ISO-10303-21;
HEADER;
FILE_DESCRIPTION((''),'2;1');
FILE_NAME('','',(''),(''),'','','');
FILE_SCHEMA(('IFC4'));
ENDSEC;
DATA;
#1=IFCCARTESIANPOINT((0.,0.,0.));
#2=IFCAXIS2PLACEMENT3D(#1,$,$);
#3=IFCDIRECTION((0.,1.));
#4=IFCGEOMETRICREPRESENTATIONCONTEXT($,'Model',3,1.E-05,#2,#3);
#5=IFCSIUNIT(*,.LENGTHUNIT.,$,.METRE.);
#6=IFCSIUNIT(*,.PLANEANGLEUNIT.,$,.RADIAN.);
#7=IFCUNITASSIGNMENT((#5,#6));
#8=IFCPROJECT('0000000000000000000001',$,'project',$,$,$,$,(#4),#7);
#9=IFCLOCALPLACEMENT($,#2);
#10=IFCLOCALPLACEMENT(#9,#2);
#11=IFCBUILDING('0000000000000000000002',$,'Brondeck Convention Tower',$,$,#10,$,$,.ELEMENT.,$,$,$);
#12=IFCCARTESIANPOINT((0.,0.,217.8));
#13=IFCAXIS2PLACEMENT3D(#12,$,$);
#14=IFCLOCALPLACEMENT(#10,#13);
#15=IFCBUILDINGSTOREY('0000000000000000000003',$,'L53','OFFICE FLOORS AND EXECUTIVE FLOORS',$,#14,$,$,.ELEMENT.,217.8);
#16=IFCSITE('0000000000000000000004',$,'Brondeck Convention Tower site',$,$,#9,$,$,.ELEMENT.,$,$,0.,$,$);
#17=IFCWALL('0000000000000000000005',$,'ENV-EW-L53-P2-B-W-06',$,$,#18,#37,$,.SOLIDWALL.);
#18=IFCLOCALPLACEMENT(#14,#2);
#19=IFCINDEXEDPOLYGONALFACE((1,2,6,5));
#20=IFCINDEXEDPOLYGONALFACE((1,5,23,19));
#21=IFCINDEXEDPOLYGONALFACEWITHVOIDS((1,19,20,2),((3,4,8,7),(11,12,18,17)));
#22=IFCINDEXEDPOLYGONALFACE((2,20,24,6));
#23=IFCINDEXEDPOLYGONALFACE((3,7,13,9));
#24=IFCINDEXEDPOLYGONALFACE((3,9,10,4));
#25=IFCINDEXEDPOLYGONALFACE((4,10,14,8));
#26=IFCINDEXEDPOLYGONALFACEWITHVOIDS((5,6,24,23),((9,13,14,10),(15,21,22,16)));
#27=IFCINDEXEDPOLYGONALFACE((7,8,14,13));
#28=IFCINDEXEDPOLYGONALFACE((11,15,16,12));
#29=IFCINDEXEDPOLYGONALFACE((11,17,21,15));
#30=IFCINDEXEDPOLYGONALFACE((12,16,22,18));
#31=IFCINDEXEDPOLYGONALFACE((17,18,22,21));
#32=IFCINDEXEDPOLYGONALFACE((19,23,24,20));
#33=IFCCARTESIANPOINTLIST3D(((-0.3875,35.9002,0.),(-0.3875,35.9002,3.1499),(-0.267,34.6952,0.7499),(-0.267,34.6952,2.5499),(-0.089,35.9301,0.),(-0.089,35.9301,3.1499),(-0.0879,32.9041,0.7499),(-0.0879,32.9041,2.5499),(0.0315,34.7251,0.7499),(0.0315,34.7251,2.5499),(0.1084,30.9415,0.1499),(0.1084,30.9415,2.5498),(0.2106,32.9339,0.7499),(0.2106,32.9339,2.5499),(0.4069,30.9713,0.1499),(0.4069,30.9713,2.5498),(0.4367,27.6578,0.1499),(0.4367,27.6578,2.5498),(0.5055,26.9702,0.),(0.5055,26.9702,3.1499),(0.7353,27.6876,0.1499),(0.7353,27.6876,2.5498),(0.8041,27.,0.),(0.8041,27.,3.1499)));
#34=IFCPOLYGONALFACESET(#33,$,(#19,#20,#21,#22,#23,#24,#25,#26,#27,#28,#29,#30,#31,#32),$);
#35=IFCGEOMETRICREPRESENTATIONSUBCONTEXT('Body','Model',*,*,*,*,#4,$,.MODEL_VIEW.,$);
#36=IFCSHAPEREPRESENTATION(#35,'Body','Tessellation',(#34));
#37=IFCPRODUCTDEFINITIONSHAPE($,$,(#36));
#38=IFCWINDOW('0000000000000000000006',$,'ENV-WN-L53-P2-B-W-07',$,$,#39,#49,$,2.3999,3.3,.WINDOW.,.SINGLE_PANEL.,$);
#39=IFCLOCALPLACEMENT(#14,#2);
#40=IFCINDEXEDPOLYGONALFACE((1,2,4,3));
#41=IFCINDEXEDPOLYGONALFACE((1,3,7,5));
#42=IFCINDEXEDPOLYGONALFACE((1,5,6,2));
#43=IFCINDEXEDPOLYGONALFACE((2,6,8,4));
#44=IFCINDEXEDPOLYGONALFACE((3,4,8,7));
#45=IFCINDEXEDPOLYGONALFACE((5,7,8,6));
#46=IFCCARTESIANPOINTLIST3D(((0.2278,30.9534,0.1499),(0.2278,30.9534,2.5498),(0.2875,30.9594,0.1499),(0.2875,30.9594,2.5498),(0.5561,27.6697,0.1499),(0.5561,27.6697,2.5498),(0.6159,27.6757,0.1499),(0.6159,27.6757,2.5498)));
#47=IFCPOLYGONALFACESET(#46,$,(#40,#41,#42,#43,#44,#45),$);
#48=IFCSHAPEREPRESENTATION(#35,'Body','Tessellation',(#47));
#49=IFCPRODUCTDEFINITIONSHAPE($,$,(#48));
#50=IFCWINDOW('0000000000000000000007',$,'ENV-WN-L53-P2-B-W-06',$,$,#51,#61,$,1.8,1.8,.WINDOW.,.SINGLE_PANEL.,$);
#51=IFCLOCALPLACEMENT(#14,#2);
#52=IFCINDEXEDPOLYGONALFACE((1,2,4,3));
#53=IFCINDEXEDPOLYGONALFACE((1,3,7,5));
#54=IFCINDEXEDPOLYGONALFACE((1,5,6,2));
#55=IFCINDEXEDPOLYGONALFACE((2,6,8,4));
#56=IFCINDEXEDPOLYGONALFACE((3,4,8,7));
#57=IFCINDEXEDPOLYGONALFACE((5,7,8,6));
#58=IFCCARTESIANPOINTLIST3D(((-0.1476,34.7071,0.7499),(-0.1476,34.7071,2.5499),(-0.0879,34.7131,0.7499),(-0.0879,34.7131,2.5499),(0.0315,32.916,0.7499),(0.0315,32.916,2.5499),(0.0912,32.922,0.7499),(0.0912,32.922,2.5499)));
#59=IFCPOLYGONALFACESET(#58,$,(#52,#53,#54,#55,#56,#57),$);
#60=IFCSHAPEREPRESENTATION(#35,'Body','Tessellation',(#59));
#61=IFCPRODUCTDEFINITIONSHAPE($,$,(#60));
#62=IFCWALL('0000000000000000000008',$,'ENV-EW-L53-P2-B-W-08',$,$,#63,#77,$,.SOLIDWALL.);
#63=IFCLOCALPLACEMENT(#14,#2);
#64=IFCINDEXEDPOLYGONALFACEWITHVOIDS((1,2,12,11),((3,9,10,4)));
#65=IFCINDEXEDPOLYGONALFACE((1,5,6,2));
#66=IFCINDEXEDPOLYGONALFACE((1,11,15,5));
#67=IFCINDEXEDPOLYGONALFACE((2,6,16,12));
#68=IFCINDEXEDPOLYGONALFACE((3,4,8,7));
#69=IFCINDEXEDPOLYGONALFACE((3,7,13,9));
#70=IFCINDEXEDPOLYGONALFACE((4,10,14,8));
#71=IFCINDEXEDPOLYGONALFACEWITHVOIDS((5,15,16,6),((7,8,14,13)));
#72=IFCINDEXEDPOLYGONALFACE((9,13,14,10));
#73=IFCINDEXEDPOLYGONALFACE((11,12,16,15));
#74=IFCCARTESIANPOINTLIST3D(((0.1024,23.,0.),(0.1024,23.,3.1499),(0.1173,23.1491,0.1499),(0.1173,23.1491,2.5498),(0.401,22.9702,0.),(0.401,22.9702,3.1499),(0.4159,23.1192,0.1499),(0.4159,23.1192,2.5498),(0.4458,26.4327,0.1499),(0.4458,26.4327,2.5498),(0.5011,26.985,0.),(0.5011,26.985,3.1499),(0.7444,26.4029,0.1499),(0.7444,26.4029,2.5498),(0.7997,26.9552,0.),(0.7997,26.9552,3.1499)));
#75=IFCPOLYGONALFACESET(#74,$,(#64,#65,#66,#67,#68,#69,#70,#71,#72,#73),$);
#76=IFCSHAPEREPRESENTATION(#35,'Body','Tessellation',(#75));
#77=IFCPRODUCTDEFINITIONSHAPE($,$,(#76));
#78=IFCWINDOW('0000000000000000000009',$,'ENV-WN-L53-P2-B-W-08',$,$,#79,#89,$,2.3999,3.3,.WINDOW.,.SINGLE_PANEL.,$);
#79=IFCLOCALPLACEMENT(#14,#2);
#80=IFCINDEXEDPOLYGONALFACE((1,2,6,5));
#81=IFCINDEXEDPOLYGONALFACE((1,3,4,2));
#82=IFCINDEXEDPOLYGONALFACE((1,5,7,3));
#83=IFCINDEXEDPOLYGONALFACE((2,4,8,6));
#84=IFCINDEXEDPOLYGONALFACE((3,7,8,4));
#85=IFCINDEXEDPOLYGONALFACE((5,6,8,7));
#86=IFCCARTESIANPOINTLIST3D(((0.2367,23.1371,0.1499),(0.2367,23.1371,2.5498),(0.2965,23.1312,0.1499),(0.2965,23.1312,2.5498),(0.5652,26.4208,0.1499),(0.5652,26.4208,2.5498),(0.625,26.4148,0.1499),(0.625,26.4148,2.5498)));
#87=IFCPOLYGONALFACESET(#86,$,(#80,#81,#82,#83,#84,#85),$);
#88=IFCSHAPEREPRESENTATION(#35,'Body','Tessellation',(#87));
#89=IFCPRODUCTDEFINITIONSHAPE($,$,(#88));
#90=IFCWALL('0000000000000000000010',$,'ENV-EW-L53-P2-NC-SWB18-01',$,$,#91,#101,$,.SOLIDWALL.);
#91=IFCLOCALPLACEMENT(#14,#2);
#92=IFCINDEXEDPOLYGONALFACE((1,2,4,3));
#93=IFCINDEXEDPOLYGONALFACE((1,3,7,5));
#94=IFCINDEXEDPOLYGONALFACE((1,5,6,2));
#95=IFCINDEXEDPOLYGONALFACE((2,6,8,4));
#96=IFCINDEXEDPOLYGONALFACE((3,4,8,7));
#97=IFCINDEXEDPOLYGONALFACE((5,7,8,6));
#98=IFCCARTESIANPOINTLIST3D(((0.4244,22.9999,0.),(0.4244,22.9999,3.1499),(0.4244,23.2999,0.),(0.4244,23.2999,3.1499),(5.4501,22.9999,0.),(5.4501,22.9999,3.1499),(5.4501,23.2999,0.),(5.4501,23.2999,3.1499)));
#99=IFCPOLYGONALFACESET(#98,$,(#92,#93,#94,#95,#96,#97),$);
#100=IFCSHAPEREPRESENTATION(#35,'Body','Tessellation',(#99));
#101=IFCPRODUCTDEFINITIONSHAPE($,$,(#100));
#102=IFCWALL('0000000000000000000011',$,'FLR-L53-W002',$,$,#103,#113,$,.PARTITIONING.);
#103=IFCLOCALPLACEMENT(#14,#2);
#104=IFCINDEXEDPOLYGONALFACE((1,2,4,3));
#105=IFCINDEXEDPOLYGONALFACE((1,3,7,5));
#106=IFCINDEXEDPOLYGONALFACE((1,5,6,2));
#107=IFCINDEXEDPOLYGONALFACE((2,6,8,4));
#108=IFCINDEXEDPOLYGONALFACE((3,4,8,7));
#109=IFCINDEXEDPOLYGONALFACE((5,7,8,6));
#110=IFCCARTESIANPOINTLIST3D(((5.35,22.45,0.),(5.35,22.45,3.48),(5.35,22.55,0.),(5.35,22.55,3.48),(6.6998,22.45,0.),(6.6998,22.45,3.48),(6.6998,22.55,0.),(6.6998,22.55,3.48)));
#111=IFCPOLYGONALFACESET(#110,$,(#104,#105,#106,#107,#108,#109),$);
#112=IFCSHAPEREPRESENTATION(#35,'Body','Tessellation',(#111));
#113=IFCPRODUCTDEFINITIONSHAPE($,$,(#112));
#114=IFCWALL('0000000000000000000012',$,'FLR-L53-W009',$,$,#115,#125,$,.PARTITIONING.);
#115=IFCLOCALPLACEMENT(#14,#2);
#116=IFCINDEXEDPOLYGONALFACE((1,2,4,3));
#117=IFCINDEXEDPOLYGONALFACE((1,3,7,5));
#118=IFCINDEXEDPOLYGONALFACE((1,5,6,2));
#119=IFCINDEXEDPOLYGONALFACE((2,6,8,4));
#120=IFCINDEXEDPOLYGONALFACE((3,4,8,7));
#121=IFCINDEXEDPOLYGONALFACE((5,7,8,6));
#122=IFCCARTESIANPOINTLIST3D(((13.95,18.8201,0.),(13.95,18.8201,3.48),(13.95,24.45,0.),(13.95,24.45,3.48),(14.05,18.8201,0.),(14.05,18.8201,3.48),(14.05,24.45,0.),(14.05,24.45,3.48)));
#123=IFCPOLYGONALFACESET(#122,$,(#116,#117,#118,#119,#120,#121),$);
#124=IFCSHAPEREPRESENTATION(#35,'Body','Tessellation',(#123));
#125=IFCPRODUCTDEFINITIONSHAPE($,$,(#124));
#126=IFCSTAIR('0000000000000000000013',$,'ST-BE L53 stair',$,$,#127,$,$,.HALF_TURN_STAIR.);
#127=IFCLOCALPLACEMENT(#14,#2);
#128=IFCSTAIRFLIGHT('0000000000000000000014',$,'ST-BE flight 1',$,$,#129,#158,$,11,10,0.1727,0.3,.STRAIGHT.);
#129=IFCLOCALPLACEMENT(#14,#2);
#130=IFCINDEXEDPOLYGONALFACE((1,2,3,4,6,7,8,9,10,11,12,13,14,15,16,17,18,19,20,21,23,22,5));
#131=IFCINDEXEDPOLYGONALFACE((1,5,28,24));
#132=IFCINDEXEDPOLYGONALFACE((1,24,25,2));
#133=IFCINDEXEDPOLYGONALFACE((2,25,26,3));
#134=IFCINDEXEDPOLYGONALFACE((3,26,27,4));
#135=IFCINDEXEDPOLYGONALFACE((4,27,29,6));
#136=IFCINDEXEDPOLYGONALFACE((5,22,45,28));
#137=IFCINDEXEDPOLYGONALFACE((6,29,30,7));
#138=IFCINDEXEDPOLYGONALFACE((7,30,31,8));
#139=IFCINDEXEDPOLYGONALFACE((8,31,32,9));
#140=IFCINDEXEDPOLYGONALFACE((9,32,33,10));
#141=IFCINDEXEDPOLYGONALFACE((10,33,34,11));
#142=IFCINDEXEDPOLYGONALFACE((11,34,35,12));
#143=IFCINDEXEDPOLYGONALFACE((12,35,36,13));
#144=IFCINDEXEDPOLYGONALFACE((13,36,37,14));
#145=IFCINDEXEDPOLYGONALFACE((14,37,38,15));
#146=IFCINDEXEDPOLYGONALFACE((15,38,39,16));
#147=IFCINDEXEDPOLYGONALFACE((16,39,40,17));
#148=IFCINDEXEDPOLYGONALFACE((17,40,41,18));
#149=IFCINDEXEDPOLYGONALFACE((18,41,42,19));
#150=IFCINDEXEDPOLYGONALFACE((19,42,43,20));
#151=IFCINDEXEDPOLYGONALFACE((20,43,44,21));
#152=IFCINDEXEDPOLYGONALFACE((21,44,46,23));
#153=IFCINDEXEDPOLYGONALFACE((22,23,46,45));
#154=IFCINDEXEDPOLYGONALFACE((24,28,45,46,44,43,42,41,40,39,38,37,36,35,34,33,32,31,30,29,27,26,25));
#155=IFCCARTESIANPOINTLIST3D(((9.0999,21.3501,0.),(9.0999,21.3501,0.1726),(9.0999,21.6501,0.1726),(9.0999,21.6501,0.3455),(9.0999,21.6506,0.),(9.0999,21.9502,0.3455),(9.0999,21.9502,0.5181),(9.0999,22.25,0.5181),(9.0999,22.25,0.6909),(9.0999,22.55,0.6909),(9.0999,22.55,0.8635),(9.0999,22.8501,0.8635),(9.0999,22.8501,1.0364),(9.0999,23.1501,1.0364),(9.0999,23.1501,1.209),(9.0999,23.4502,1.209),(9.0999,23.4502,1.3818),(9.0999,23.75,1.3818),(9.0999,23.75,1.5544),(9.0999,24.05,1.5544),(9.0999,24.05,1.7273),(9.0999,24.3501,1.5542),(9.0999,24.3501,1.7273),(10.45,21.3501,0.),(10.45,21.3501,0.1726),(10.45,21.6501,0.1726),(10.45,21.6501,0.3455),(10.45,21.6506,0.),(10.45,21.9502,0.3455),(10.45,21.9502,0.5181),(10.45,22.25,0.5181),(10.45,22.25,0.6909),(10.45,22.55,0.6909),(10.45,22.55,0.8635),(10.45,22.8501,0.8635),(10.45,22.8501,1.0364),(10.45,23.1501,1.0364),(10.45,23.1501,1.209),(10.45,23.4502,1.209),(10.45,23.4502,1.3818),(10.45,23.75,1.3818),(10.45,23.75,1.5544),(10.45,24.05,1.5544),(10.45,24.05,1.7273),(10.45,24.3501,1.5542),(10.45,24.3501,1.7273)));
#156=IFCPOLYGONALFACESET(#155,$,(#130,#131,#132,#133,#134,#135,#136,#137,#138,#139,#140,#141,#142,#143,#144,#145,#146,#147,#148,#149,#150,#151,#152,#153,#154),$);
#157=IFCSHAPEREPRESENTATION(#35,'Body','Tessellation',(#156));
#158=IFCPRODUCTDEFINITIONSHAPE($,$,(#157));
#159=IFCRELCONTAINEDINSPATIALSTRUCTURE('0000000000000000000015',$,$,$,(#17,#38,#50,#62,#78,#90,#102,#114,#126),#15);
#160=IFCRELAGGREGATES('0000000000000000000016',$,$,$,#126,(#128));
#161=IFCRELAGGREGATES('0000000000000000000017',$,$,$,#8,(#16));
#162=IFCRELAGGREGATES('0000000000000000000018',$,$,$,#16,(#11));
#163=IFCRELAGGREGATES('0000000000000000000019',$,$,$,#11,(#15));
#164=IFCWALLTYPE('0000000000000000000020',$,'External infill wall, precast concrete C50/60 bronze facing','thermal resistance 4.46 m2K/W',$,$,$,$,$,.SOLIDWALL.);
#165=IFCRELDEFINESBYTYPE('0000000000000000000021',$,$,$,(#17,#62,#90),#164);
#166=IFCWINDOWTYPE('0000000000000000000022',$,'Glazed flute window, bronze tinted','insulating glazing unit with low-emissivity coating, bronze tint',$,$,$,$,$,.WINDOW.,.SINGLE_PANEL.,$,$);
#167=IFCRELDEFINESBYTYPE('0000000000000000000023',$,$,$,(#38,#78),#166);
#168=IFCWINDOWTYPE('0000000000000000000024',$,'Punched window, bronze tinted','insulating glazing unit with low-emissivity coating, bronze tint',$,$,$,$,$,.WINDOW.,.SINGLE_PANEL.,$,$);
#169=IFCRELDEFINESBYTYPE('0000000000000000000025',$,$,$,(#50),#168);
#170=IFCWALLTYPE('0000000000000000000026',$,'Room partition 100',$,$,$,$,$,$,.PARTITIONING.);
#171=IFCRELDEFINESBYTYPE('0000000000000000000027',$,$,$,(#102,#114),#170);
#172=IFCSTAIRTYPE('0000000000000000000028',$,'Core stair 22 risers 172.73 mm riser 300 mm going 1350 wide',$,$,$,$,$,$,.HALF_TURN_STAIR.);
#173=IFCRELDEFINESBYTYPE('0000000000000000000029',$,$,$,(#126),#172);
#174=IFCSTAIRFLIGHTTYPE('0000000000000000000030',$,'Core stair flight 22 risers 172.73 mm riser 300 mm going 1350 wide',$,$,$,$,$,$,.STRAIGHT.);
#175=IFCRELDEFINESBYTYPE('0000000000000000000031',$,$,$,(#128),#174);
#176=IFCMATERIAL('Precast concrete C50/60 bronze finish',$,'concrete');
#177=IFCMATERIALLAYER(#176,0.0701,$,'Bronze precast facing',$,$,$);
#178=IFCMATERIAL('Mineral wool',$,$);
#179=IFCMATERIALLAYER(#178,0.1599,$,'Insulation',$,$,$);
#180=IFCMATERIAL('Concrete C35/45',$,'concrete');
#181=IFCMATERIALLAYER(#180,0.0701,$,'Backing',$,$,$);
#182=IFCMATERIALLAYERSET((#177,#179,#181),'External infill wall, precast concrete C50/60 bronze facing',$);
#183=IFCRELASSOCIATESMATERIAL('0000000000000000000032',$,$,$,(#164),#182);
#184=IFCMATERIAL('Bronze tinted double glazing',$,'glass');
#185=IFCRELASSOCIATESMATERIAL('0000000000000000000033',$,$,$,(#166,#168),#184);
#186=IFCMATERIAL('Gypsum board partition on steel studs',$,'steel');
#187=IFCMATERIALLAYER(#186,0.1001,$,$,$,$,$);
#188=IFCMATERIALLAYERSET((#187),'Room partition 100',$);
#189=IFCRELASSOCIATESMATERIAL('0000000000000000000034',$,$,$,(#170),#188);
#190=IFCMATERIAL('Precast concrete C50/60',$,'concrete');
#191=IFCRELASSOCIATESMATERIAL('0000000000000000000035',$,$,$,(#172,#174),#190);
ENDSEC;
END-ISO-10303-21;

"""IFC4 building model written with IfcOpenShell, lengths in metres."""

from ifc_helpers import new_model, si_unit, direction, frame, frame_2d, origin, place, context, subcontext, project, spatial, polyline, rectangle, outline, extrude, material, layer, layer_set, type_object, element, fill, aggregate, save


model = new_model("IFC4")

# Units and contexts
model_context = context("Model", 3, precision=1e-05, world=origin(), true_north=direction((0.0, 1.0)))
body_context = subcontext(model_context, "Body", "Model", "MODEL_VIEW")
ifc_project = project(units=[si_unit("LENGTHUNIT", "METRE"), si_unit("PLANEANGLEUNIT", "RADIAN")], contexts=[model_context])

# Site, building, storey
site_placement = place(None, origin())
site = spatial("IfcSite", under=ifc_project, at=site_placement, Name="Brondeck Convention Tower site", CompositionType="ELEMENT", RefElevation=0.0)
building_placement = place(site_placement, origin())
building = spatial("IfcBuilding", under=site, at=building_placement, Name="Brondeck Convention Tower", CompositionType="ELEMENT")
storey_placement = place(building_placement, frame((0.0, 0.0, 217.8)))
storey = spatial("IfcBuildingStorey", under=building, at=storey_placement, Name="L53", Description="OFFICE FLOORS AND EXECUTIVE FLOORS", CompositionType="ELEMENT", Elevation=217.8)

# Wall, openings, windows
ifc_material_1 = material(Name="Precast concrete C50/60 bronze finish", Category="concrete")
ifc_layer_1 = layer(ifc_material_1, 0.0701, Name="Bronze precast facing")
ifc_material_2 = material(Name="Mineral wool")
ifc_layer_2 = layer(ifc_material_2, 0.1599, Name="Insulation")
ifc_material_3 = material(Name="Concrete C35/45", Category="concrete")
ifc_layer_3 = layer(ifc_material_3, 0.0701, Name="Backing")
ifc_layer_set_1 = layer_set([ifc_layer_1, ifc_layer_2, ifc_layer_3], Name="External infill wall, precast concrete C50/60 bronze facing")
wall_type_1 = type_object("IfcWallType", Name="External infill wall, precast concrete C50/60 bronze facing", Description="thermal resistance 4.46 m2K/W", PredefinedType="SOLIDWALL", material=ifc_layer_set_1)
wall_1_placement = place(storey_placement, frame((0.6548, 26.9851, 0.0), z_axis=(0.0, 0.0, 1.0), x_axis=(-0.099509, 0.995037, 0.0)))
wall_1 = element("IfcWall", 1, at=wall_1_placement, inside=storey, type_object=wall_type_1, Name="ENV-EW-L53-P2-B-W-06", PredefinedType="SOLIDWALL", context=body_context, shape_type="SweptSolid", body=[
    extrude(rectangle(XDim=8.9746, YDim=0.3, at=frame_2d((4.4873, 0.0))), origin(), (0.0, 0.0, 1.0), 3.1499),
])
opening_1_placement = place(wall_1_placement, frame((0.6912, 0.0, 0.1499)))
opening_1 = element("IfcOpeningElement", 2, at=opening_1_placement, cuts=wall_1, PredefinedType="OPENING", context=body_context, shape_type="SweptSolid", body=[
    extrude(rectangle(XDim=3.3, YDim=2.3999, at=frame_2d((1.6499, 1.2))), frame((0.0, 0.1599, 0.0), z_axis=(0.0, -1.0, 0.0), x_axis=(1.0, 0.0, 0.0)), (0.0, 0.0, 1.0), 0.3201),
])
opening_2_placement = place(wall_1_placement, frame((5.9636, 0.0, 0.75)))
opening_2 = element("IfcOpeningElement", 3, at=opening_2_placement, cuts=wall_1, PredefinedType="OPENING", context=body_context, shape_type="SweptSolid", body=[
    extrude(rectangle(XDim=1.8, YDim=1.8, at=frame_2d((0.8999, 0.8999))), frame((0.0, 0.1599, 0.0), z_axis=(0.0, -1.0, 0.0), x_axis=(1.0, 0.0, 0.0)), (0.0, 0.0, 1.0), 0.3201),
])
ifc_material_4 = material(Name="Bronze tinted double glazing", Category="glass")
window_type_1 = type_object("IfcWindowType", Name="Glazed flute window, bronze tinted", Description="insulating glazing unit with low-emissivity coating, bronze tint", PartitioningType="SINGLE_PANEL", PredefinedType="WINDOW", material=ifc_material_4)
window_1_placement = place(opening_1_placement, origin())
window_1 = element("IfcWindow", 4, at=window_1_placement, inside=storey, type_object=window_type_1, Name="ENV-WN-L53-P2-B-W-07", OverallHeight=2.3999, OverallWidth=3.3, PartitioningType="SINGLE_PANEL", PredefinedType="WINDOW", context=body_context, shape_type="SweptSolid", body=[
    extrude(rectangle(XDim=3.3, YDim=2.3999, at=frame_2d((1.6499, 1.2))), frame((0.0, 0.03, 0.0), z_axis=(0.0, -1.0, 0.0), x_axis=(1.0, 0.0, 0.0)), (0.0, 0.0, 1.0), 0.0601),
])
fill(opening_1, window_1)
window_type_2 = type_object("IfcWindowType", Name="Punched window, bronze tinted", Description="insulating glazing unit with low-emissivity coating, bronze tint", PartitioningType="SINGLE_PANEL", PredefinedType="WINDOW", material=ifc_material_4)
window_2_placement = place(opening_2_placement, origin())
window_2 = element("IfcWindow", 5, at=window_2_placement, inside=storey, type_object=window_type_2, Name="ENV-WN-L53-P2-B-W-06", OverallHeight=1.8, OverallWidth=1.8, PartitioningType="SINGLE_PANEL", PredefinedType="WINDOW", context=body_context, shape_type="SweptSolid", body=[
    extrude(rectangle(XDim=1.8, YDim=1.8, at=frame_2d((0.8999, 0.8999))), frame((0.0, 0.03, 0.0), z_axis=(0.0, -1.0, 0.0), x_axis=(1.0, 0.0, 0.0)), (0.0, 0.0, 1.0), 0.0601),
])
fill(opening_2, window_2)

# Wall, opening, window
wall_2_placement = place(storey_placement, frame((0.2517, 22.9851, 0.0), z_axis=(0.0, 0.0, 1.0), x_axis=(0.099546, 0.995033, 0.0)))
wall_2 = element("IfcWall", 6, at=wall_2_placement, inside=storey, type_object=wall_type_1, Name="ENV-EW-L53-P2-B-W-08", PredefinedType="SOLIDWALL", context=body_context, shape_type="SweptSolid", body=[
    extrude(rectangle(XDim=4.0049, YDim=0.3, at=frame_2d((2.0024, 0.0))), origin(), (0.0, 0.0, 1.0), 3.1499),
])
opening_3_placement = place(wall_2_placement, frame((0.1499, 0.0, 0.1499)))
opening_3 = element("IfcOpeningElement", 7, at=opening_3_placement, cuts=wall_2, PredefinedType="OPENING", context=body_context, shape_type="SweptSolid", body=[
    extrude(rectangle(XDim=3.3, YDim=2.3999, at=frame_2d((1.6499, 1.2))), frame((0.0, 0.1599, 0.0), z_axis=(0.0, -1.0, 0.0), x_axis=(1.0, 0.0, 0.0)), (0.0, 0.0, 1.0), 0.3201),
])
window_3_placement = place(opening_3_placement, origin())
window_3 = element("IfcWindow", 8, at=window_3_placement, inside=storey, type_object=window_type_1, Name="ENV-WN-L53-P2-B-W-08", OverallHeight=2.3999, OverallWidth=3.3, PartitioningType="SINGLE_PANEL", PredefinedType="WINDOW", context=body_context, shape_type="SweptSolid", body=[
    extrude(rectangle(XDim=3.3, YDim=2.3999, at=frame_2d((1.6499, 1.2))), frame((0.0, 0.03, 0.0), z_axis=(0.0, -1.0, 0.0), x_axis=(1.0, 0.0, 0.0)), (0.0, 0.0, 1.0), 0.0601),
])
fill(opening_3, window_3)

# Walls
wall_3_placement = place(storey_placement, frame((5.45, 23.1499, 0.0), z_axis=(0.0, 0.0, 1.0), x_axis=(-1.0, 0.0, 0.0)))
element("IfcWall", 9, at=wall_3_placement, inside=storey, type_object=wall_type_1, Name="ENV-EW-L53-P2-NC-SWB18-01", PredefinedType="SOLIDWALL", context=body_context, shape_type="SweptSolid", body=[
    extrude(rectangle(XDim=5.0256, YDim=0.3, at=frame_2d((2.5127, 0.0))), origin(), (0.0, 0.0, 1.0), 3.1499),
])
ifc_material_5 = material(Name="Gypsum board partition on steel studs", Category="steel")
ifc_layer_4 = layer(ifc_material_5, 0.1001)
ifc_layer_set_2 = layer_set([ifc_layer_4], Name="Room partition 100")
wall_type_2 = type_object("IfcWallType", Name="Room partition 100", PredefinedType="PARTITIONING", material=ifc_layer_set_2)
wall_4_placement = place(storey_placement, frame((5.3501, 22.5, 0.0), z_axis=(0.0, 0.0, 1.0), x_axis=(1.0, 0.0, 0.0)))
element("IfcWall", 10, at=wall_4_placement, inside=storey, type_object=wall_type_2, Name="FLR-L53-W002", PredefinedType="PARTITIONING", context=body_context, shape_type="SweptSolid", body=[
    extrude(rectangle(XDim=1.3499, YDim=0.1001, at=frame_2d((0.6748, 0.0))), origin(), (0.0, 0.0, 1.0), 3.48),
])
wall_5_placement = place(storey_placement, frame((14.0, 24.45, 0.0), z_axis=(0.0, 0.0, 1.0), x_axis=(0.0, -1.0, 0.0)))
element("IfcWall", 11, at=wall_5_placement, inside=storey, type_object=wall_type_2, Name="FLR-L53-W009", PredefinedType="PARTITIONING", context=body_context, shape_type="SweptSolid", body=[
    extrude(rectangle(XDim=5.6299, YDim=0.1001, at=frame_2d((2.8149, 0.0))), origin(), (0.0, 0.0, 1.0), 3.48),
])

# Stair, stair flight
ifc_material_6 = material(Name="Precast concrete C50/60", Category="concrete")
stair_type = type_object("IfcStairType", Name="Core stair 22 risers 172.73 mm riser 300 mm going 1350 wide", PredefinedType="HALF_TURN_STAIR", material=ifc_material_6)
stair_placement = place(storey_placement, origin())
stair = element("IfcStair", 12, at=stair_placement, inside=storey, type_object=stair_type, Name="ST-BE L53 stair", PredefinedType="HALF_TURN_STAIR")
stair_flight_type = type_object("IfcStairFlightType", Name="Core stair flight 22 risers 172.73 mm riser 300 mm going 1350 wide", PredefinedType="STRAIGHT", material=ifc_material_6)
stair_flight_1_placement = place(storey_placement, frame((9.7749, 21.3501, 0.0), z_axis=(0.0, 0.0, 1.0), x_axis=(0.0, 1.0, 0.0)))
stair_flight_1 = element("IfcStairFlight", 13, at=stair_flight_1_placement, type_object=stair_flight_type, Name="ST-BE flight 1", NumberOfRisers=11, NumberOfTreads=10, PredefinedType="STRAIGHT", RiserHeight=0.1727, TreadLength=0.3, context=body_context, shape_type="SweptSolid", body=[
    extrude(outline(polyline([(0.0, 0.0), (0.0, 0.1726), (0.3, 0.1726), (0.3, 0.3455), (0.6001, 0.3455), (0.6001, 0.5181), (0.8999, 0.5181), (0.8999, 0.6909), (1.2, 0.6909), (1.2, 0.8635), (1.5, 0.8635), (1.5, 1.0364), (1.8, 1.0364), (1.8, 1.209), (2.1001, 1.209), (2.1001, 1.3818), (2.3999, 1.3818), (2.3999, 1.5544), (2.7, 1.5544), (2.7, 1.7273), (3.0, 1.7273), (3.0, 1.8999), (3.0, 1.5542), (0.3005, 0.0), (0.0, 0.0)])), frame((0.0, 0.675, 0.0), z_axis=(0.0, -1.0, 0.0), x_axis=(1.0, 0.0, 0.0)), (0.0, 0.0, 1.0), 1.3501),
])
aggregate(stair, [stair_flight_1])

save(model, "model.ifc")
